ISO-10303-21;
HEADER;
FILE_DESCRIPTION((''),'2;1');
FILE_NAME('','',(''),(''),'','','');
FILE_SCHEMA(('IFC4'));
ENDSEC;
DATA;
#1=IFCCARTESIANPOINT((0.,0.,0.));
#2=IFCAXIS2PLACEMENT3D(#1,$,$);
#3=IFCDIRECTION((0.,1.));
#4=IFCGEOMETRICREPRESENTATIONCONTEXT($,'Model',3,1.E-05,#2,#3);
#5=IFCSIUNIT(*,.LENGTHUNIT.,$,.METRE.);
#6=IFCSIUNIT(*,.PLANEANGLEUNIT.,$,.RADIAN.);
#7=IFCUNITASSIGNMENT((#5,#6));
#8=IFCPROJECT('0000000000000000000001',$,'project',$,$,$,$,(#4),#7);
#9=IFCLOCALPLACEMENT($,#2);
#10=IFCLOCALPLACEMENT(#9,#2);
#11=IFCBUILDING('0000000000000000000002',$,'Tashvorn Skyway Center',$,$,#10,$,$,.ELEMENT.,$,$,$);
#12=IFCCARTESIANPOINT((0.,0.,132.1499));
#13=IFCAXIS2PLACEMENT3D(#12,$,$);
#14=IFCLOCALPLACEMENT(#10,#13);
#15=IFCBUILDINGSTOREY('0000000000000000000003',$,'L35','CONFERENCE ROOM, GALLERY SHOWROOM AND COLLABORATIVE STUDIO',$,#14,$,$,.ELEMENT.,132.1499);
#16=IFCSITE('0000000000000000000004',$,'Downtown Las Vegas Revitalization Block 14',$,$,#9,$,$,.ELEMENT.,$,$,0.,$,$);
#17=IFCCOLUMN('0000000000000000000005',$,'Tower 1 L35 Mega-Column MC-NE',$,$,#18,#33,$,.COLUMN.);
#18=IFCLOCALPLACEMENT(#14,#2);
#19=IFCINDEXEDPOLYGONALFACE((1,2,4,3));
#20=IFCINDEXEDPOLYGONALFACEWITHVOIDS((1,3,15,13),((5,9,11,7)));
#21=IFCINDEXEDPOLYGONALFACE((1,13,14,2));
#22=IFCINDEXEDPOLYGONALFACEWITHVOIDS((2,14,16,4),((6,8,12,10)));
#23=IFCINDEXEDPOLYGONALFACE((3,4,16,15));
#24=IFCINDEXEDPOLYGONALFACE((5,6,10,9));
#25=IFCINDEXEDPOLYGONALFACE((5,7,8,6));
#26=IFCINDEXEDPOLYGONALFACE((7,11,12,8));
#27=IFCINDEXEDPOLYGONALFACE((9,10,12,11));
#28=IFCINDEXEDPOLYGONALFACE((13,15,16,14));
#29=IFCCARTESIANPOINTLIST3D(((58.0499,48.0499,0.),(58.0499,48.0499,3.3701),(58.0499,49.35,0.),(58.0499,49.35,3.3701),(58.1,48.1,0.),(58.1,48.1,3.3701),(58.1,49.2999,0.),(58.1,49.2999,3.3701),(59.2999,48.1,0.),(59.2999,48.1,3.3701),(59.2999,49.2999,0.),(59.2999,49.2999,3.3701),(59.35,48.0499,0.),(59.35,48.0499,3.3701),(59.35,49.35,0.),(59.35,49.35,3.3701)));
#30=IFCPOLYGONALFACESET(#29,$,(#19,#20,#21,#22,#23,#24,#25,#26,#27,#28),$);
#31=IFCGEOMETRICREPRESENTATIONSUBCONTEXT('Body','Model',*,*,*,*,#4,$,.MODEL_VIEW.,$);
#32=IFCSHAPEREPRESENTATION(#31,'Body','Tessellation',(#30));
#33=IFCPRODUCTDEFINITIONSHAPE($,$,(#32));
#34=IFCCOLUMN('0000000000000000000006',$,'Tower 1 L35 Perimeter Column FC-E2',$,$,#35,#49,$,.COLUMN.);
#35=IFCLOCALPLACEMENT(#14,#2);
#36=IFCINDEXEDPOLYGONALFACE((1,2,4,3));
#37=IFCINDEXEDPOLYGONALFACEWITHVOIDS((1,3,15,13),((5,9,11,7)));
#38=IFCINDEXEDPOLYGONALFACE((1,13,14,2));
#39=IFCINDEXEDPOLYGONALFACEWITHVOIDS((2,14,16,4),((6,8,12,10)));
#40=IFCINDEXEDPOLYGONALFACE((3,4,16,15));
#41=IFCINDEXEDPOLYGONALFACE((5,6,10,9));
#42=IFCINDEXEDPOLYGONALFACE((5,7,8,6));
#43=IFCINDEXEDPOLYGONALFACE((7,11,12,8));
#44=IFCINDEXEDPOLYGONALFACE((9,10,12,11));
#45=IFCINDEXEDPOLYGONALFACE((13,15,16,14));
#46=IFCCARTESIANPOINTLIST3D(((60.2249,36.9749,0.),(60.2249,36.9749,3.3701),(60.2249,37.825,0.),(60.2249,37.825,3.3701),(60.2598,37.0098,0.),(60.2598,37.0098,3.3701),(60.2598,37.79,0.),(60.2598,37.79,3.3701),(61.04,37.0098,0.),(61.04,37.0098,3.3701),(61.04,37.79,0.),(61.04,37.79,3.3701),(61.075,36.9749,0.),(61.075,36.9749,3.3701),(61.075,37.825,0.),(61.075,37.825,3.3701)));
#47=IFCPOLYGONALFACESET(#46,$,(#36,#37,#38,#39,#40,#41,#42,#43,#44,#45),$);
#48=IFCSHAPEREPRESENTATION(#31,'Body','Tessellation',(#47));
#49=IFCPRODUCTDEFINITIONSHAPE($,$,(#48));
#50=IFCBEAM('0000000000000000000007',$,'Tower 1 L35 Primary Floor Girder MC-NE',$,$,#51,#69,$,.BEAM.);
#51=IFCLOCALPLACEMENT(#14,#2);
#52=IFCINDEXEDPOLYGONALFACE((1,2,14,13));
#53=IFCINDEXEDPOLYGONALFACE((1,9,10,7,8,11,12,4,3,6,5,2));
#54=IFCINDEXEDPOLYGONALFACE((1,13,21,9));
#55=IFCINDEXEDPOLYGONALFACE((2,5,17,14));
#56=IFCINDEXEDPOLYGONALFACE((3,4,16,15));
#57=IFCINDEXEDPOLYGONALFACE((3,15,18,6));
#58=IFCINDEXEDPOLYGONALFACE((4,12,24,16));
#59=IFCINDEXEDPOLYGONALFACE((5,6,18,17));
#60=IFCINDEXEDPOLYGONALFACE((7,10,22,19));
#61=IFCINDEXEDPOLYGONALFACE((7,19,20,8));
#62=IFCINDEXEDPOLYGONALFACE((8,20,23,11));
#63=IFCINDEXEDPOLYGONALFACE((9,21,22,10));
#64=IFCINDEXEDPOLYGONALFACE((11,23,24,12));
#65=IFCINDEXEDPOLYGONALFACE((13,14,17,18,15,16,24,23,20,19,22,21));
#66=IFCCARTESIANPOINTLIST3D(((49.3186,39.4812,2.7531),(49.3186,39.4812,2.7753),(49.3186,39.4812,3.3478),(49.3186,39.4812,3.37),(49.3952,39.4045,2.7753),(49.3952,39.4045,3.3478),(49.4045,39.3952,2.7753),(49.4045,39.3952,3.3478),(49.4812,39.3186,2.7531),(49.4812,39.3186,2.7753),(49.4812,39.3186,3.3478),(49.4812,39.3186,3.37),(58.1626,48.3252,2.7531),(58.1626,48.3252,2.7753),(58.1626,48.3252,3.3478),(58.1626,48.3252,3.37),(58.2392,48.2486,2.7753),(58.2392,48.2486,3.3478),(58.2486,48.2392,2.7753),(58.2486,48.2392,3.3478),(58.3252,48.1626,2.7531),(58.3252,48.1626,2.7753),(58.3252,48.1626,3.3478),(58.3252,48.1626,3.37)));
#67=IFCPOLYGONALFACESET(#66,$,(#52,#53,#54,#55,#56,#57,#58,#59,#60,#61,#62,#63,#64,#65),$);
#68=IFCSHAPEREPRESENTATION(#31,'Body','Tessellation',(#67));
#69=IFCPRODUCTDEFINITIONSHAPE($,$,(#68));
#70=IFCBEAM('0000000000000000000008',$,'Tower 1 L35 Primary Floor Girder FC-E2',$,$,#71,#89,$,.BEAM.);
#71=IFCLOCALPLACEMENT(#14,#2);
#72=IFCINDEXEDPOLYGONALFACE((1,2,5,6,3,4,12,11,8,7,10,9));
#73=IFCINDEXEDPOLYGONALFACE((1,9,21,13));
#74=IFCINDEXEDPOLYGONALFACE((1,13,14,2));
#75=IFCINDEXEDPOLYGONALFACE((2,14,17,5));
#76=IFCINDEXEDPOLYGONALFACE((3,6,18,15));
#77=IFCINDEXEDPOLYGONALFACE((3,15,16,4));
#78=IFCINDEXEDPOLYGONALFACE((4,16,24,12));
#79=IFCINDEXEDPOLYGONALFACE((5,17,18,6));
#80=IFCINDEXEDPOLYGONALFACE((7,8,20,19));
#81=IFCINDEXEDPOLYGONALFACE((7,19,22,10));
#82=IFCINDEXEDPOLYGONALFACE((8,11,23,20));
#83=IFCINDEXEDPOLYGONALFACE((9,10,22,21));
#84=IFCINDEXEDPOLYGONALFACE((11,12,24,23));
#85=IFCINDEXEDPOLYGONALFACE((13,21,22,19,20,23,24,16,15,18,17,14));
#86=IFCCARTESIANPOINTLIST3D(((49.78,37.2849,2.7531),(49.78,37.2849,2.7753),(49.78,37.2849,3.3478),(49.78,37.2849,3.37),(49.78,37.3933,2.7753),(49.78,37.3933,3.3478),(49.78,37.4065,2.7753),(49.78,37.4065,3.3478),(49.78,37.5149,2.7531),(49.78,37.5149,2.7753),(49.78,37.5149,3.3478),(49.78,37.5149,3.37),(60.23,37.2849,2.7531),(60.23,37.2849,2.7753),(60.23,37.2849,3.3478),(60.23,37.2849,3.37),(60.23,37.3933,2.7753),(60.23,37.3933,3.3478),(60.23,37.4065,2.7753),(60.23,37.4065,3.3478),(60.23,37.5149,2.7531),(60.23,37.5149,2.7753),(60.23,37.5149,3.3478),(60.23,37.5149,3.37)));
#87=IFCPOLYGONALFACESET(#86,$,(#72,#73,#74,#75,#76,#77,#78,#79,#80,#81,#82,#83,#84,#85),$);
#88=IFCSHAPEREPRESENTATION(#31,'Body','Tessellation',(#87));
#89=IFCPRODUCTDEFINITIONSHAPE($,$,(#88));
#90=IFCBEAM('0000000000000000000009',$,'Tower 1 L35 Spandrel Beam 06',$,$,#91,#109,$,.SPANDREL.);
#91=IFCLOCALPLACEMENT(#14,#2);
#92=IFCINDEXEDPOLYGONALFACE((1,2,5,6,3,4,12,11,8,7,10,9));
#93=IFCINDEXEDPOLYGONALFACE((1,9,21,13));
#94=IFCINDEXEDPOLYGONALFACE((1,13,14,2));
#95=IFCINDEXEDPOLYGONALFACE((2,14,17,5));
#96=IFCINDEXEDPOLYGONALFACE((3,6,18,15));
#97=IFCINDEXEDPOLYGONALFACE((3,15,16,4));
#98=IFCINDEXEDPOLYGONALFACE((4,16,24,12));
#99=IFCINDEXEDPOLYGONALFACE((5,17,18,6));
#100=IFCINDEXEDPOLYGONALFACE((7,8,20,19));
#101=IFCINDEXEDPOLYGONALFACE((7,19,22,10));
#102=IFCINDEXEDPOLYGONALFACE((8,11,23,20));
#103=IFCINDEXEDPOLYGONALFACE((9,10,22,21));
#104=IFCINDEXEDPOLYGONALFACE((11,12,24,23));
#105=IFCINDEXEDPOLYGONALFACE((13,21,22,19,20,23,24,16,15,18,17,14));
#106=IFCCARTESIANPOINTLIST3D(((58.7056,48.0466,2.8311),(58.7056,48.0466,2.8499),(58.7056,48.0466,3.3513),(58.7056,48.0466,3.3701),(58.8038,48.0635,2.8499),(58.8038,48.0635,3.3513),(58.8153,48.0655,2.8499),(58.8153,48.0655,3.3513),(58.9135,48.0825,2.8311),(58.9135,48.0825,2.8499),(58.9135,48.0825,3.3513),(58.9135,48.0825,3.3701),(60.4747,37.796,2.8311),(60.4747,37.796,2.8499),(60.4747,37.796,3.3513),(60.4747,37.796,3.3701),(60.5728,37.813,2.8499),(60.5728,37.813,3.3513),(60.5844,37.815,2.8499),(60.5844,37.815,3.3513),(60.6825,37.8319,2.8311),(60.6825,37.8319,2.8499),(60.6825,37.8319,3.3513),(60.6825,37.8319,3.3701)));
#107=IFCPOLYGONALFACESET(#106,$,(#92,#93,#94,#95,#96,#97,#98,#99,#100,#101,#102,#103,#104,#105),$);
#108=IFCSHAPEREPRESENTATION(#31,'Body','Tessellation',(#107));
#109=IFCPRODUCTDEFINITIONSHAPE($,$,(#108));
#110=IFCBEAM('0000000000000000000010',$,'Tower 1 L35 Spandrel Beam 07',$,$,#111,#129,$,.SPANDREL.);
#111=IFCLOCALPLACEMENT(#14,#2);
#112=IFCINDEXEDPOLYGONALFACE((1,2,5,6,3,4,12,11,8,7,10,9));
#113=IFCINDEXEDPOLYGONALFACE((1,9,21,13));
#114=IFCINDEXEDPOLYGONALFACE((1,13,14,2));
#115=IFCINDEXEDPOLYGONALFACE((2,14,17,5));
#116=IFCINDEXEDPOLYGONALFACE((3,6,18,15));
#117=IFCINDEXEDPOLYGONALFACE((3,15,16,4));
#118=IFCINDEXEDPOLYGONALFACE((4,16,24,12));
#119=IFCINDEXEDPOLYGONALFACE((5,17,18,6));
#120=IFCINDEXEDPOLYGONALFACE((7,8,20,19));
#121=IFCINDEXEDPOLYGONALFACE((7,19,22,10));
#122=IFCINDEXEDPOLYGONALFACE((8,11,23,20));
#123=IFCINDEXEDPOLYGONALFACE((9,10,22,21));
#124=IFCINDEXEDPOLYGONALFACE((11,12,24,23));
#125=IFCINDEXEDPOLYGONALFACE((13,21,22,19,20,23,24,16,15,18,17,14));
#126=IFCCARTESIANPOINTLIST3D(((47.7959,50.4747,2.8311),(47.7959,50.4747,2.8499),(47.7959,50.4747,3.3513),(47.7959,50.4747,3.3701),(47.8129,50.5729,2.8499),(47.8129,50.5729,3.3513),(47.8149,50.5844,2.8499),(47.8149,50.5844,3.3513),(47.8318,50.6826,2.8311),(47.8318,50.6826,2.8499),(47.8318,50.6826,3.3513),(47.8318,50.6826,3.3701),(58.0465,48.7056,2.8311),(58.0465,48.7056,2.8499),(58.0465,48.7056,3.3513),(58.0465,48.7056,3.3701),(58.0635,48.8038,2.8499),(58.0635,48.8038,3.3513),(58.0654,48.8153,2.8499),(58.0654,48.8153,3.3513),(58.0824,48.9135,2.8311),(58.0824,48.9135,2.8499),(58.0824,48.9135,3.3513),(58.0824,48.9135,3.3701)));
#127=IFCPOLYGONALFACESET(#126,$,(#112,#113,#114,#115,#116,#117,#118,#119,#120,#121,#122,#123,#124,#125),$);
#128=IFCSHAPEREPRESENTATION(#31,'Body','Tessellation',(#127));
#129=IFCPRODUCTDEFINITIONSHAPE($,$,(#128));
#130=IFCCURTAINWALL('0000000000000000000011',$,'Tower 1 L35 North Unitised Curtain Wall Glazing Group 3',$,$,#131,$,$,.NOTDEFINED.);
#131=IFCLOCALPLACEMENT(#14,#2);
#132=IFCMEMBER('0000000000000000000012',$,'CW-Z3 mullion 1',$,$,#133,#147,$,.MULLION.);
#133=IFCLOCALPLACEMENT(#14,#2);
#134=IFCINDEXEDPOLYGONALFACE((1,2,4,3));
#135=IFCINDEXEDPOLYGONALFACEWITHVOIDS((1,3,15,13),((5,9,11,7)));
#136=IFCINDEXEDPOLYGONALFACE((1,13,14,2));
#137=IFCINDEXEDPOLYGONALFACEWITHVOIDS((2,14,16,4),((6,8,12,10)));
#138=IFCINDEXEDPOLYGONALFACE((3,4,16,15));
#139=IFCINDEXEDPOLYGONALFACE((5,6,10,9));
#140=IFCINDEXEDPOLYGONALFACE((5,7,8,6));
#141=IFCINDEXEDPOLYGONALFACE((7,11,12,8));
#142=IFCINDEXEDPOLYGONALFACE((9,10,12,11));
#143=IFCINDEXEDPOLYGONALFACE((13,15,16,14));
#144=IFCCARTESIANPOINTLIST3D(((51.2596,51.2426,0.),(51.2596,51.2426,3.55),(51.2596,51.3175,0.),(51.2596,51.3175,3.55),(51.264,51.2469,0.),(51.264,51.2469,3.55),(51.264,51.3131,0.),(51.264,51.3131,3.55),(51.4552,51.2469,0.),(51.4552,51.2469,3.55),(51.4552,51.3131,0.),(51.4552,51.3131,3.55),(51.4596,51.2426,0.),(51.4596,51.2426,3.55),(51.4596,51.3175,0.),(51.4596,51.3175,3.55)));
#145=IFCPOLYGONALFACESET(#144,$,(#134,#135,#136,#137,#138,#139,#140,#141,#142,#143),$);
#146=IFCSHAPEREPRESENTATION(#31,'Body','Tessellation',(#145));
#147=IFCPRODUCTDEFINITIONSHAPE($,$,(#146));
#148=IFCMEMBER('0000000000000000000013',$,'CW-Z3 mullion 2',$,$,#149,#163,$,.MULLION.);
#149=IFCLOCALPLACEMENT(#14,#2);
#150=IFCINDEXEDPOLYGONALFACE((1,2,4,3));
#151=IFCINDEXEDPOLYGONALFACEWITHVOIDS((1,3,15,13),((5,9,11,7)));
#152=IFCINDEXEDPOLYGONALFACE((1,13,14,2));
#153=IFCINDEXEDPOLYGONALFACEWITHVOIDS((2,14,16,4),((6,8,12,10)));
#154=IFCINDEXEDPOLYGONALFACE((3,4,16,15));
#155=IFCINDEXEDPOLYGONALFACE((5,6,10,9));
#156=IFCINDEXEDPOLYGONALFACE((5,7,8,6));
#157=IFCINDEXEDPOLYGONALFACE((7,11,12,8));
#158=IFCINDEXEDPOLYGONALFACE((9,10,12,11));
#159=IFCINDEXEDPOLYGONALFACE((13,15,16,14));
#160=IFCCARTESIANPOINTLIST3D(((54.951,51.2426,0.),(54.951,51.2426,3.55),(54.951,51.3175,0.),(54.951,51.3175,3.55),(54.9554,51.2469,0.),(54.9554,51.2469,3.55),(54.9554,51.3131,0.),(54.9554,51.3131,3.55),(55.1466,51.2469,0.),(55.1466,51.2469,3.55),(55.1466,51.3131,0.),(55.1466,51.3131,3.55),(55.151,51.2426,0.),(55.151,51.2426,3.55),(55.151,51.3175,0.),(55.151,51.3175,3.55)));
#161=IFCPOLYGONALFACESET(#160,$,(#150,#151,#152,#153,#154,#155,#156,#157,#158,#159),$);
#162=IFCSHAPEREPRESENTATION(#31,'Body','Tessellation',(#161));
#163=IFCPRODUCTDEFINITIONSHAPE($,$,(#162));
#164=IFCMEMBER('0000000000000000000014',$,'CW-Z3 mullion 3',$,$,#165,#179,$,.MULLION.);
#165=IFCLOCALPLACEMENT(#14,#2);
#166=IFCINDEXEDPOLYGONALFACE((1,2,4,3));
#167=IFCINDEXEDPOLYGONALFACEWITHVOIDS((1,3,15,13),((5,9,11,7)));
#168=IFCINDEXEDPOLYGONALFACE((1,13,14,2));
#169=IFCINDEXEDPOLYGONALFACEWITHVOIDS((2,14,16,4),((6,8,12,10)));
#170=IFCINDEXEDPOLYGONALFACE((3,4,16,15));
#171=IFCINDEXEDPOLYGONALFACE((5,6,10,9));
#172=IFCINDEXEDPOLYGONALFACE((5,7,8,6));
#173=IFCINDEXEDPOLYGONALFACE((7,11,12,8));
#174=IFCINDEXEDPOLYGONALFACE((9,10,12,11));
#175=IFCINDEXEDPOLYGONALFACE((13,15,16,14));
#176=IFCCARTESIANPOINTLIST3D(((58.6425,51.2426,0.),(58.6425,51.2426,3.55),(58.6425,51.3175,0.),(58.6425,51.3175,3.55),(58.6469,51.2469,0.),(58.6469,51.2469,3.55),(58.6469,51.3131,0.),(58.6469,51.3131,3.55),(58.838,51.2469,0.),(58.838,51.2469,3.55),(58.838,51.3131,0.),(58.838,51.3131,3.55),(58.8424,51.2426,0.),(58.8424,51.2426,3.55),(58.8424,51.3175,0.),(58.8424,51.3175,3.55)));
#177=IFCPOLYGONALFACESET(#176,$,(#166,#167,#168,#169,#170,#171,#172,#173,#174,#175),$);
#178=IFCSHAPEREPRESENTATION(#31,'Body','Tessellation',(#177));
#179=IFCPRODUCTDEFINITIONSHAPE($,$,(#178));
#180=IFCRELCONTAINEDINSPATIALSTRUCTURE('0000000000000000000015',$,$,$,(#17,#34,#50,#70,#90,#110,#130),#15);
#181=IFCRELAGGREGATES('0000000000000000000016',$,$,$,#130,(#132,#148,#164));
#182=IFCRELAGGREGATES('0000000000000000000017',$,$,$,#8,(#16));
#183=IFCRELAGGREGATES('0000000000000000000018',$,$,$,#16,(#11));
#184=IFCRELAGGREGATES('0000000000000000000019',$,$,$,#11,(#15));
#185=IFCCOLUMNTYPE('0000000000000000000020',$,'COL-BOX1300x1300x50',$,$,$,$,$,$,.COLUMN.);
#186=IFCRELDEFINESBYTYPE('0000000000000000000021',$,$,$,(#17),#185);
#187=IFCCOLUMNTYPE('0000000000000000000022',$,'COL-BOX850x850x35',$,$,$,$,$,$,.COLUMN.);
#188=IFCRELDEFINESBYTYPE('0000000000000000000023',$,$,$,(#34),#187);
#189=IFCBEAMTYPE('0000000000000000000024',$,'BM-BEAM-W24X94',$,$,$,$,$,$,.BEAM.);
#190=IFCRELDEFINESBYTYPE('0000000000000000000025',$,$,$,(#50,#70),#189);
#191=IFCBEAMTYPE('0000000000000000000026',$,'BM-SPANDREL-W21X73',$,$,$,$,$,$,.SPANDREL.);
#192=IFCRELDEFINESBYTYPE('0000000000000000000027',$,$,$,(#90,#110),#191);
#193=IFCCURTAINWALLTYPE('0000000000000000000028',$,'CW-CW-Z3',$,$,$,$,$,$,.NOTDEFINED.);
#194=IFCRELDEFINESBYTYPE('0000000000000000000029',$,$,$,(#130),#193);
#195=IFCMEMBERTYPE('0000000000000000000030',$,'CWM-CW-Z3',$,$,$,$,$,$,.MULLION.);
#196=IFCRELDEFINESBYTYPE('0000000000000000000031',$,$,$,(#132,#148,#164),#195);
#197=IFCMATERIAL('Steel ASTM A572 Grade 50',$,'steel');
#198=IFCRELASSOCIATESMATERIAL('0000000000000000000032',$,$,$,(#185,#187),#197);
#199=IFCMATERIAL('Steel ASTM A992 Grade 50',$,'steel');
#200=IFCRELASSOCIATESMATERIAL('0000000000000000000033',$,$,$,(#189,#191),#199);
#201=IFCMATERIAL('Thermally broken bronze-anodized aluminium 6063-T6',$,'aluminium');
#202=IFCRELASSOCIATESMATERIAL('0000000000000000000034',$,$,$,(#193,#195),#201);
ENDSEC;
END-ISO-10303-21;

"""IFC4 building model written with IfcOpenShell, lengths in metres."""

from ifc_helpers import new_model, si_unit, direction, frame, origin, origin_2d, place, context, subcontext, project, spatial, hollow_rectangle, i_section, extrude, material, material_profile, profile_set, type_object, element, aggregate, save


model = new_model("IFC4")

# Units and contexts
model_context = context("Model", 3, precision=1e-05, world=origin(), true_north=direction((0.0, 1.0)))
body_context = subcontext(model_context, "Body", "Model", "MODEL_VIEW")
ifc_project = project(units=[si_unit("LENGTHUNIT", "METRE"), si_unit("PLANEANGLEUNIT", "RADIAN")], contexts=[model_context])

# Site, building, storey
site_placement = place(None, origin())
site = spatial("IfcSite", under=ifc_project, at=site_placement, Name="Downtown Las Vegas Revitalization Block 14", CompositionType="ELEMENT", RefElevation=0.0)
building_placement = place(site_placement, origin())
building = spatial("IfcBuilding", under=site, at=building_placement, Name="Tashvorn Skyway Center", CompositionType="ELEMENT")
storey_placement = place(building_placement, frame((0.0, 0.0, 132.1499)))
storey = spatial("IfcBuildingStorey", under=building, at=storey_placement, Name="L35", Description="CONFERENCE ROOM, GALLERY SHOWROOM AND COLLABORATIVE STUDIO", CompositionType="ELEMENT", Elevation=132.1499)

# Columns
ifc_material_1 = material(Name="Steel ASTM A572 Grade 50", Category="steel")
ifc_material_profile_1 = material_profile(ifc_material_1, hollow_rectangle(XDim=1.3, YDim=1.3, WallThickness=0.05, at=origin_2d()), Name="BOX1300x1300x50")
ifc_profile_set_1 = profile_set([ifc_material_profile_1], Name="Steel ASTM A572 Grade 50")
column_type_1 = type_object("IfcColumnType", Name="COL-BOX1300x1300x50", PredefinedType="COLUMN", material=ifc_profile_set_1)
column_1_placement = place(storey_placement, frame((58.7, 48.7, 0.0), z_axis=(0.0, 0.0, 1.0), x_axis=(1.0, 0.0, 0.0)))
element("IfcColumn", 1, at=column_1_placement, inside=storey, type_object=column_type_1, Name="Tower 1 L35 Mega-Column MC-NE", PredefinedType="COLUMN", context=body_context, shape_type="SweptSolid", body=[
    extrude(hollow_rectangle(XDim=1.3, YDim=1.3, WallThickness=0.05, at=origin_2d()), origin(), (0.0, 0.0, 1.0), 3.3701),
])
ifc_material_profile_2 = material_profile(ifc_material_1, hollow_rectangle(XDim=0.8501, YDim=0.8501, WallThickness=0.0349, at=origin_2d()), Name="BOX850x850x35")
ifc_profile_set_2 = profile_set([ifc_material_profile_2], Name="Steel ASTM A572 Grade 50")
column_type_2 = type_object("IfcColumnType", Name="COL-BOX850x850x35", PredefinedType="COLUMN", material=ifc_profile_set_2)
column_2_placement = place(storey_placement, frame((60.6499, 37.3999, 0.0), z_axis=(0.0, 0.0, 1.0), x_axis=(1.0, 0.0, 0.0)))
element("IfcColumn", 2, at=column_2_placement, inside=storey, type_object=column_type_2, Name="Tower 1 L35 Perimeter Column FC-E2", PredefinedType="COLUMN", context=body_context, shape_type="SweptSolid", body=[
    extrude(hollow_rectangle(XDim=0.8501, YDim=0.8501, WallThickness=0.0349, at=origin_2d()), origin(), (0.0, 0.0, 1.0), 3.3701),
])

# Beams
ifc_material_2 = material(Name="Steel ASTM A992 Grade 50", Category="steel")
ifc_material_profile_3 = material_profile(ifc_material_2, i_section(OverallWidth=0.23, OverallDepth=0.6169, WebThickness=0.0132, FlangeThickness=0.0222, at=origin_2d()), Name="W24X94")
ifc_profile_set_3 = profile_set([ifc_material_profile_3], Name="Steel ASTM A992 Grade 50")
beam_type_1 = type_object("IfcBeamType", Name="BM-BEAM-W24X94", PredefinedType="BEAM", material=ifc_profile_set_3)
beam_1_placement = place(storey_placement, frame((58.2439, 48.2439, 3.0615), z_axis=(-0.707107, -0.707107, 0.0), x_axis=(0.707107, -0.707107, 0.0)))
element("IfcBeam", 3, at=beam_1_placement, inside=storey, type_object=beam_type_1, Name="Tower 1 L35 Primary Floor Girder MC-NE", PredefinedType="BEAM", context=body_context, shape_type="SweptSolid", body=[
    extrude(i_section(OverallWidth=0.23, OverallDepth=0.6169, WebThickness=0.0132, FlangeThickness=0.0222, at=origin_2d()), origin(), (0.0, 0.0, 1.0), 12.5073),
])
beam_2_placement = place(storey_placement, frame((60.23, 37.3999, 3.0615), z_axis=(-1.0, 0.0, 0.0), x_axis=(0.0, -1.0, 0.0)))
element("IfcBeam", 4, at=beam_2_placement, inside=storey, type_object=beam_type_1, Name="Tower 1 L35 Primary Floor Girder FC-E2", PredefinedType="BEAM", context=body_context, shape_type="SweptSolid", body=[
    extrude(i_section(OverallWidth=0.23, OverallDepth=0.6169, WebThickness=0.0132, FlangeThickness=0.0222, at=origin_2d()), origin(), (0.0, 0.0, 1.0), 10.45),
])
ifc_material_profile_4 = material_profile(ifc_material_2, i_section(OverallWidth=0.2109, OverallDepth=0.5391, WebThickness=0.0117, FlangeThickness=0.0188, at=origin_2d()), Name="W21X73")
ifc_profile_set_4 = profile_set([ifc_material_profile_4], Name="Steel ASTM A992 Grade 50")
beam_type_2 = type_object("IfcBeamType", Name="BM-SPANDREL-W21X73", PredefinedType="SPANDREL", material=ifc_profile_set_4)
for number, where, z_axis, x_axis, name in (
    (5, (60.5786, 37.814, 3.1006), (-0.170067, 0.985432, 0.0), (-0.985432, -0.170067, 0.0), "Tower 1 L35 Spandrel Beam 06"),
    (6, (58.0645, 48.8096, 3.1006), (-0.985432, 0.170067, 0.0), (-0.170067, -0.985432, 0.0), "Tower 1 L35 Spandrel Beam 07"),
):
    element("IfcBeam", number, at=place(storey_placement, frame(where, z_axis=z_axis, x_axis=x_axis)), inside=storey, type_object=beam_type_2, Name=name, PredefinedType="SPANDREL", context=body_context, shape_type="SweptSolid", body=[
        extrude(i_section(OverallWidth=0.2109, OverallDepth=0.5391, WebThickness=0.0117, FlangeThickness=0.0188, at=origin_2d()), origin(), (0.0, 0.0, 1.0), 10.4021),
    ])

# Curtain wall, members
ifc_material_3 = material(Name="Thermally broken bronze-anodized aluminium 6063-T6", Category="aluminium")
curtain_wall_type = type_object("IfcCurtainWallType", Name="CW-CW-Z3", PredefinedType="NOTDEFINED", material=ifc_material_3)
curtain_wall_1_placement = place(storey_placement, origin())
curtain_wall_1 = element("IfcCurtainWall", 7, at=curtain_wall_1_placement, inside=storey, type_object=curtain_wall_type, Name="Tower 1 L35 North Unitised Curtain Wall Glazing Group 3", PredefinedType="NOTDEFINED")
ifc_material_profile_5 = material_profile(ifc_material_3, hollow_rectangle(XDim=0.075, YDim=0.2, WallThickness=0.0044, at=origin_2d()), Name="ALU-MULL-75x200")
ifc_profile_set_5 = profile_set([ifc_material_profile_5], Name="Thermally broken bronze-anodized aluminium 6063-T6")
member_type_1 = type_object("IfcMemberType", Name="CWM-CW-Z3", PredefinedType="MULLION", material=ifc_profile_set_5)
member_1_placement = place(storey_placement, frame((51.3596, 51.28, 0.0), z_axis=(0.0, 0.0, 1.0), x_axis=(0.0, 1.0, 0.0)))
member_1 = element("IfcMember", 8, at=member_1_placement, type_object=member_type_1, Name="CW-Z3 mullion 1", PredefinedType="MULLION", context=body_context, shape_type="SweptSolid", body=[
    extrude(hollow_rectangle(XDim=0.075, YDim=0.2, WallThickness=0.0044, at=origin_2d()), origin(), (0.0, 0.0, 1.0), 3.55),
])
member_2_placement = place(storey_placement, frame((55.051, 51.28, 0.0), z_axis=(0.0, 0.0, 1.0), x_axis=(0.0, 1.0, 0.0)))
member_2 = element("IfcMember", 9, at=member_2_placement, type_object=member_type_1, Name="CW-Z3 mullion 2", PredefinedType="MULLION", context=body_context, shape_type="SweptSolid", body=[
    extrude(hollow_rectangle(XDim=0.075, YDim=0.2, WallThickness=0.0044, at=origin_2d()), origin(), (0.0, 0.0, 1.0), 3.55),
])
member_3_placement = place(storey_placement, frame((58.7424, 51.28, 0.0), z_axis=(0.0, 0.0, 1.0), x_axis=(0.0, 1.0, 0.0)))
member_3 = element("IfcMember", 10, at=member_3_placement, type_object=member_type_1, Name="CW-Z3 mullion 3", PredefinedType="MULLION", context=body_context, shape_type="SweptSolid", body=[
    extrude(hollow_rectangle(XDim=0.075, YDim=0.2, WallThickness=0.0044, at=origin_2d()), origin(), (0.0, 0.0, 1.0), 3.55),
])

aggregate(curtain_wall_1, [member_1, member_2, member_3])

save(model, "model.ifc")
